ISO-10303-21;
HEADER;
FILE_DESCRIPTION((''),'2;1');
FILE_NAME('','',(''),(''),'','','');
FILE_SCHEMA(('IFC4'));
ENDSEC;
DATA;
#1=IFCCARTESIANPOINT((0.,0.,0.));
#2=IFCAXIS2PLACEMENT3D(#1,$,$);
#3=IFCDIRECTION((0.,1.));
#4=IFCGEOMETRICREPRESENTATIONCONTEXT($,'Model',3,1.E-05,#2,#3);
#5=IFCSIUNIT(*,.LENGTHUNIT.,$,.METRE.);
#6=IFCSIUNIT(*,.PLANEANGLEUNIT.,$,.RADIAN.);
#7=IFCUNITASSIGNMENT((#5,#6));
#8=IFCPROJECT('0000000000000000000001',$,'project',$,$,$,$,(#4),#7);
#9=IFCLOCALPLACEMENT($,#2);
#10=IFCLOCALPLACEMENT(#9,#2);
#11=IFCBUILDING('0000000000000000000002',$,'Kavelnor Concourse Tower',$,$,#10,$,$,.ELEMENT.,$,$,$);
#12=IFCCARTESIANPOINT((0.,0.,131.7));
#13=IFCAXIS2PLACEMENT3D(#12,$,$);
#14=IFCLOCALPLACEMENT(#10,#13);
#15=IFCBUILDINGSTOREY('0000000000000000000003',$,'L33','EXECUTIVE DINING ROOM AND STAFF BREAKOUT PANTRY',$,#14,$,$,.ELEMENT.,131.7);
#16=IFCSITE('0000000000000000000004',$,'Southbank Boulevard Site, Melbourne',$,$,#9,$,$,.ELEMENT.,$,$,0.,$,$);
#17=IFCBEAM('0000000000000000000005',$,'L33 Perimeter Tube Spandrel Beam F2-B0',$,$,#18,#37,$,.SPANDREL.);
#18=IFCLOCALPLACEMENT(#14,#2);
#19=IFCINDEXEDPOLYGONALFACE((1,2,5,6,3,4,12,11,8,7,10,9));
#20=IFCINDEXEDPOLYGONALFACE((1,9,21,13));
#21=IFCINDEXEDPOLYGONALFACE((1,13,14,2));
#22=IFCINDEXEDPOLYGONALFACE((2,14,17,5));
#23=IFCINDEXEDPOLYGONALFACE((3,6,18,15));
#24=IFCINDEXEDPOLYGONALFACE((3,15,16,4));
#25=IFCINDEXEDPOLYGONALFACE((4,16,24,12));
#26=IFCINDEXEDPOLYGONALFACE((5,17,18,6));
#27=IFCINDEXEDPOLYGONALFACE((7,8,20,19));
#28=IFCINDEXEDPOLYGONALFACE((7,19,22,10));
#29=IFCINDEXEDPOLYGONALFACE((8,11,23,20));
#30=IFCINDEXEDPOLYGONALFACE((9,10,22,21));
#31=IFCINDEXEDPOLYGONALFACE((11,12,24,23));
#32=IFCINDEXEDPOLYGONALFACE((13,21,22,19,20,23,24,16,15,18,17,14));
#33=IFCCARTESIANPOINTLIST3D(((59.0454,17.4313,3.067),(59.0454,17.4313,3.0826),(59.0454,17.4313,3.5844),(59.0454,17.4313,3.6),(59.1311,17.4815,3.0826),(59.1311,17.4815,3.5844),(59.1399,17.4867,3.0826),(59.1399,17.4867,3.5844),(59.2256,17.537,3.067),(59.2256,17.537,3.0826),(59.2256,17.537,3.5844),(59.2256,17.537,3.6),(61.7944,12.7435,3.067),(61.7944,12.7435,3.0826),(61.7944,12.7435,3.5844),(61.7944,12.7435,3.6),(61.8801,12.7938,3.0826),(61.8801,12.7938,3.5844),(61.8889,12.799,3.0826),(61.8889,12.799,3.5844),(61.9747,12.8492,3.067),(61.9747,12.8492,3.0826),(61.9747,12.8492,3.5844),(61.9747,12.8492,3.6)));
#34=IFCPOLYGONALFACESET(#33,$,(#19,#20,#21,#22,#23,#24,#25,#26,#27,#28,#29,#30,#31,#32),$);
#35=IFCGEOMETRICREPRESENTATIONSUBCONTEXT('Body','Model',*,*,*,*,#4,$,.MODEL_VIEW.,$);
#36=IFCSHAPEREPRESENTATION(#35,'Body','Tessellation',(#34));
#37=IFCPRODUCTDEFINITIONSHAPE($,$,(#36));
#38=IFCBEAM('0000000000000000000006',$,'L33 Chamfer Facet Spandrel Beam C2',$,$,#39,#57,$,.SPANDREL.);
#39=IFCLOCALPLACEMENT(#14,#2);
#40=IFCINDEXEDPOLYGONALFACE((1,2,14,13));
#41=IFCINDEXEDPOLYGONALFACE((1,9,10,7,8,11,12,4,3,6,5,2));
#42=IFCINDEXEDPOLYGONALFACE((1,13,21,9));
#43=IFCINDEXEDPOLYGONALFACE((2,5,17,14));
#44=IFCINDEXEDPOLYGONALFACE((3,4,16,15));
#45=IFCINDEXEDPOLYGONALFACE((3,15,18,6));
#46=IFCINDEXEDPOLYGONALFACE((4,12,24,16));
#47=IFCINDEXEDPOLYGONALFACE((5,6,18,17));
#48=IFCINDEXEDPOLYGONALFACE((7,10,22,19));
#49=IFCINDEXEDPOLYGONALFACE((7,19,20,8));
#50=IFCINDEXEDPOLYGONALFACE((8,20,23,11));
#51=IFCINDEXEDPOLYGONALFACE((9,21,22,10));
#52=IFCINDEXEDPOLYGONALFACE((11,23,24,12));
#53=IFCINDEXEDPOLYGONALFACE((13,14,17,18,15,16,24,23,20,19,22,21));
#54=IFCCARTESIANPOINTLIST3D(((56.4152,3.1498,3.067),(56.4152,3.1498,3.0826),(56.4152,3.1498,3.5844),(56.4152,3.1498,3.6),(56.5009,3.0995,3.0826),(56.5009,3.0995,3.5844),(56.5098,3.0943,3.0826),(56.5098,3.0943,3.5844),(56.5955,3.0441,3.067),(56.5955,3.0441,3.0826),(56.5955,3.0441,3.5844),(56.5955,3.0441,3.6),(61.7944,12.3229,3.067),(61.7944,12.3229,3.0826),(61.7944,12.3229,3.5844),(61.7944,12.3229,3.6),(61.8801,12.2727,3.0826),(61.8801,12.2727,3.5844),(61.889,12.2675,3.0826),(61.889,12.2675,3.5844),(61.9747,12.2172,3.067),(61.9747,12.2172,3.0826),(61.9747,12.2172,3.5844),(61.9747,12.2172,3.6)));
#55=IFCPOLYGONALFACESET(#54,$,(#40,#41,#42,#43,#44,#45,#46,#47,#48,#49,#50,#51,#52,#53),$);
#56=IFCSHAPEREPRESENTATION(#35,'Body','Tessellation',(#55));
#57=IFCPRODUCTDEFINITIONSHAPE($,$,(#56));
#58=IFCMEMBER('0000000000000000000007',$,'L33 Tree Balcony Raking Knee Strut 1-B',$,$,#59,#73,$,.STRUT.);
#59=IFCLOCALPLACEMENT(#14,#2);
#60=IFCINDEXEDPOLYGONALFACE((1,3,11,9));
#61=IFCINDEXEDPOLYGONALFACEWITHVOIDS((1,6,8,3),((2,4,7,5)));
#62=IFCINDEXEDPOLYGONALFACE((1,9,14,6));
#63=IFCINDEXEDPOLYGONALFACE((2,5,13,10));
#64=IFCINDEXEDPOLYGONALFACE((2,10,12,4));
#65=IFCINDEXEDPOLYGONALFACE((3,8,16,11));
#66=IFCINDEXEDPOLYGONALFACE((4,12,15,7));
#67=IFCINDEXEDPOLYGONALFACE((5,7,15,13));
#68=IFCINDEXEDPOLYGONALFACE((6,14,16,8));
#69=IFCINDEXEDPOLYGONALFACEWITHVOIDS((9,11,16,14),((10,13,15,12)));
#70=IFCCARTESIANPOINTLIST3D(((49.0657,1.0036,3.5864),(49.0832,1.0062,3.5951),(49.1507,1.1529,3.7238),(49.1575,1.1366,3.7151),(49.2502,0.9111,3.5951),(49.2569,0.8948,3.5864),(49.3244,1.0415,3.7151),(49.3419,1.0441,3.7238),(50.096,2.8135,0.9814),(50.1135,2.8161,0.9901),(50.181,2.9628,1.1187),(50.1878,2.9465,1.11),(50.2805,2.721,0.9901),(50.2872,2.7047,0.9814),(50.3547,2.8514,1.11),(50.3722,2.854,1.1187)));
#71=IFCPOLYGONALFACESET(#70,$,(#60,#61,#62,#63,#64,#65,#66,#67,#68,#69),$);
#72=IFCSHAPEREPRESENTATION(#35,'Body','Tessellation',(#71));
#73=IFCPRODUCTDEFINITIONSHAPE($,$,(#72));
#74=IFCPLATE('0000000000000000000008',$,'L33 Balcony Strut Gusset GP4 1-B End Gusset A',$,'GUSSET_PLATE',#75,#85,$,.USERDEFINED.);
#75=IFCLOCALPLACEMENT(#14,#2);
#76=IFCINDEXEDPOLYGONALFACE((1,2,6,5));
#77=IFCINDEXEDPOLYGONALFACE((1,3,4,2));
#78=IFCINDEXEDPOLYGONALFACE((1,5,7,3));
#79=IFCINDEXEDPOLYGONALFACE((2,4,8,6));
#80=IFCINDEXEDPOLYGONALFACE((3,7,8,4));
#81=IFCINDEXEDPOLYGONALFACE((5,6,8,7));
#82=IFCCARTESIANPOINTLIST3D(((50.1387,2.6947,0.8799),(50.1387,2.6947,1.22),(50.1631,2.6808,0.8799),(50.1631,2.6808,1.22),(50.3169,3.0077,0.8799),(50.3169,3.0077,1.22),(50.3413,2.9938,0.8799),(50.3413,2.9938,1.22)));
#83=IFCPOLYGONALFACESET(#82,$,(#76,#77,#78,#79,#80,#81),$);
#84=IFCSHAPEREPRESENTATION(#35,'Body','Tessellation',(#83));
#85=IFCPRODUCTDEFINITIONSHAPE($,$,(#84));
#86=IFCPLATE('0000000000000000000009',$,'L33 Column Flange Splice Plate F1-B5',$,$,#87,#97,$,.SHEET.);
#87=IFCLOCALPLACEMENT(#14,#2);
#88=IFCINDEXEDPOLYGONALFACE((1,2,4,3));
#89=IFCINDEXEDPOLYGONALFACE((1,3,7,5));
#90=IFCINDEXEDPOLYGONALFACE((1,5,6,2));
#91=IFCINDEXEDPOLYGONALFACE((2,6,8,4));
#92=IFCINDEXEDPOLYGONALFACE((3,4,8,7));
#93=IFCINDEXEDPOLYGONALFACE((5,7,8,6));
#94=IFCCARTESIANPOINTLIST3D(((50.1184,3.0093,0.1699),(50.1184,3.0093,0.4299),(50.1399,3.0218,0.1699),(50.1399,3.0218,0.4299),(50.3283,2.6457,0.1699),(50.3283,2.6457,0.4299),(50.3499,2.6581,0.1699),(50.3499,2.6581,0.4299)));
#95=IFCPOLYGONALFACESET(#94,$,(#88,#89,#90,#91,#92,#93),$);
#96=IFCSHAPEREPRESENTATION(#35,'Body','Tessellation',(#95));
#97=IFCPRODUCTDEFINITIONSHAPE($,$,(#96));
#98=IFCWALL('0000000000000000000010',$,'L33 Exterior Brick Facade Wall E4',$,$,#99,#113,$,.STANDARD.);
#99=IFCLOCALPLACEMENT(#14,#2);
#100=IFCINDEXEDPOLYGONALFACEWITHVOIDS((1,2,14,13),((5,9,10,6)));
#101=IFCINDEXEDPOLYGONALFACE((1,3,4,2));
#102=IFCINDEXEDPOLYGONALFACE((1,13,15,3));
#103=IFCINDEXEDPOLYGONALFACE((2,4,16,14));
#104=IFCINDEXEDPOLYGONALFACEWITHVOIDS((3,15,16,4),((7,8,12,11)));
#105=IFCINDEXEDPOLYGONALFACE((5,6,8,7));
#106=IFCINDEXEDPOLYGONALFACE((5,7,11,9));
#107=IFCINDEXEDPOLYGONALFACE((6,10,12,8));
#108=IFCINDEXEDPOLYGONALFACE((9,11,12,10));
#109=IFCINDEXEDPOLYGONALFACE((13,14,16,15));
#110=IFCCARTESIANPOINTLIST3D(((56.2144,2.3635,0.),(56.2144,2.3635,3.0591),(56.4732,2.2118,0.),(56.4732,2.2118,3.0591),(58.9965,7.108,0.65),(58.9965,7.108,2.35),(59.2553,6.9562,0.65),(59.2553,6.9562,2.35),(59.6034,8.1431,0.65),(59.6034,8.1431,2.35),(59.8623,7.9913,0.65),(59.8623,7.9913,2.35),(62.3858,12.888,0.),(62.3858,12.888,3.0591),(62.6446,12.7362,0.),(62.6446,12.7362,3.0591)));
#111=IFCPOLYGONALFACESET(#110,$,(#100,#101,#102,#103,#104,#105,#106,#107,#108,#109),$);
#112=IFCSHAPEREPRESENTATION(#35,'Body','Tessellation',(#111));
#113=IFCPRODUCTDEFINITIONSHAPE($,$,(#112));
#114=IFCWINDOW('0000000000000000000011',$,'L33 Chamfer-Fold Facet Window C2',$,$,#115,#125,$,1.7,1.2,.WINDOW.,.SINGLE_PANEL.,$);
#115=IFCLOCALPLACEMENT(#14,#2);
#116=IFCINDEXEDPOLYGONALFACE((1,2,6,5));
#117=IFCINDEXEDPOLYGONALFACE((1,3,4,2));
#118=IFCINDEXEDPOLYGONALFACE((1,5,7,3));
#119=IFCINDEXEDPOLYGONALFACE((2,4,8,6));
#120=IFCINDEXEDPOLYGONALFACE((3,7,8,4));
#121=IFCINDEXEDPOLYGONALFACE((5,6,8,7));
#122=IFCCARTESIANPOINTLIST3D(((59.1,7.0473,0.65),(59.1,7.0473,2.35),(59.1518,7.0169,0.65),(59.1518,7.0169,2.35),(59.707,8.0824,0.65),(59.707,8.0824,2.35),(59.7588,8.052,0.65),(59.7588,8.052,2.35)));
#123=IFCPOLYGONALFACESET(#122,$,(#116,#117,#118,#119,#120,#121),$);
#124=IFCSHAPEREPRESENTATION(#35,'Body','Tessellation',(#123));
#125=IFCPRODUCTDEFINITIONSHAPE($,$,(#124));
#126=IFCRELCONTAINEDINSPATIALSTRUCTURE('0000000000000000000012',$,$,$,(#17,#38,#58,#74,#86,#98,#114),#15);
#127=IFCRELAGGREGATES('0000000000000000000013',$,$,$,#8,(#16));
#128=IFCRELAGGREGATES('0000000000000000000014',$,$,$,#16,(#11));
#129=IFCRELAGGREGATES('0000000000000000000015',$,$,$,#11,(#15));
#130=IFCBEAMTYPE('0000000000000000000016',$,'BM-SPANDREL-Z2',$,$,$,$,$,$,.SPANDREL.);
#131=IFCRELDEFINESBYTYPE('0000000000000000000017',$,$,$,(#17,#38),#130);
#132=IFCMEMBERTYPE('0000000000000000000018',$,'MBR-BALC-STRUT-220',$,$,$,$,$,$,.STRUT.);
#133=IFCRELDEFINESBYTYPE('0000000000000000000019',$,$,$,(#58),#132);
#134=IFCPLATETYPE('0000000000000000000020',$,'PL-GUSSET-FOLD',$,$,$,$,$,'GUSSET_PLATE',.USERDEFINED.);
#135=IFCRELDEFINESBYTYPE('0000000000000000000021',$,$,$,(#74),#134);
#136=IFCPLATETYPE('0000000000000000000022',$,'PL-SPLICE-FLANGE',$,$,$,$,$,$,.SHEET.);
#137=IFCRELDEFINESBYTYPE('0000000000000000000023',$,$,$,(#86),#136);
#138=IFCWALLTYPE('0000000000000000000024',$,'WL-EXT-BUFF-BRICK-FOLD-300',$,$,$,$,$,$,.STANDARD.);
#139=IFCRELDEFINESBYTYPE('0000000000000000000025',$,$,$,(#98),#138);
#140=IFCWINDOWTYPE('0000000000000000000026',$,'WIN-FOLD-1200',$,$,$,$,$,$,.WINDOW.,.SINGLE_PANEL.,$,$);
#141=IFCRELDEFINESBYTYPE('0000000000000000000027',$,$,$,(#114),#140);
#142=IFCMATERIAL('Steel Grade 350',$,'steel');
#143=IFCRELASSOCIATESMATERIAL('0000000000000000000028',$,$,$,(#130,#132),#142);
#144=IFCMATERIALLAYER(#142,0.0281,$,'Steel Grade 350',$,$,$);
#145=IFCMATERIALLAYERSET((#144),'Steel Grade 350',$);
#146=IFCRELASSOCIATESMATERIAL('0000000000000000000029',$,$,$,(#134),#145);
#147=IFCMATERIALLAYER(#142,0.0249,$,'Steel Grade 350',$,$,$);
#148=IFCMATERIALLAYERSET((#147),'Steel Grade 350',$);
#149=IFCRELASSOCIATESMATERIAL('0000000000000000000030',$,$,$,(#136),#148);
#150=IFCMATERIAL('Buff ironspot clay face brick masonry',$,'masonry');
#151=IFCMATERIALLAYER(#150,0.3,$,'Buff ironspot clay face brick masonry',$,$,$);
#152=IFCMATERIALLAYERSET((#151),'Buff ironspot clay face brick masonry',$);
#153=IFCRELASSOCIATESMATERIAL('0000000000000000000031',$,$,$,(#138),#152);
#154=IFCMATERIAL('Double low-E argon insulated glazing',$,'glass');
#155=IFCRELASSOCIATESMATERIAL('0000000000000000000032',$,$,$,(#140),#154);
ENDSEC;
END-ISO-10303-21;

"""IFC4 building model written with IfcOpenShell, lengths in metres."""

from ifc_helpers import new_model, si_unit, direction, frame, frame_2d, origin, origin_2d, place, context, subcontext, project, spatial, rectangle, hollow_rectangle, i_section, extrude, material, layer, layer_set, material_profile, profile_set, type_object, element, fill, save


model = new_model("IFC4")

# Units and contexts
model_context = context("Model", 3, precision=1e-05, world=origin(), true_north=direction((0.0, 1.0)))
body_context = subcontext(model_context, "Body", "Model", "MODEL_VIEW")
ifc_project = project(units=[si_unit("LENGTHUNIT", "METRE"), si_unit("PLANEANGLEUNIT", "RADIAN")], contexts=[model_context])

# Site, building, storey
site_placement = place(None, origin())
site = spatial("IfcSite", under=ifc_project, at=site_placement, Name="Southbank Boulevard Site, Melbourne", CompositionType="ELEMENT", RefElevation=0.0)
building_placement = place(site_placement, origin())
building = spatial("IfcBuilding", under=site, at=building_placement, Name="Kavelnor Concourse Tower", CompositionType="ELEMENT")
storey_placement = place(building_placement, frame((0.0, 0.0, 131.7)))
storey = spatial("IfcBuildingStorey", under=building, at=storey_placement, Name="L33", Description="EXECUTIVE DINING ROOM AND STAFF BREAKOUT PANTRY", CompositionType="ELEMENT", Elevation=131.7)

# Shared definitions
ifc_material_1 = material(Name="Steel Grade 350", Category="steel")

# Beams
ifc_material_profile_1 = material_profile(ifc_material_1, i_section(OverallWidth=0.209, OverallDepth=0.533, WebThickness=0.0103, FlangeThickness=0.0156, at=origin_2d()), Name="530UB92")
ifc_profile_set_1 = profile_set([ifc_material_profile_1], Name="Steel Grade 350")
beam_type_1 = type_object("IfcBeamType", Name="BM-SPANDREL-Z2", PredefinedType="SPANDREL", material=ifc_profile_set_1)
beam_1_placement = place(storey_placement, frame((61.8845, 12.7964, 3.3335), z_axis=(-0.505861, 0.862615, 0.0), x_axis=(-0.862615, -0.505861, 0.0)))
element("IfcBeam", 1, at=beam_1_placement, inside=storey, type_object=beam_type_1, Name="L33 Perimeter Tube Spandrel Beam F2-B0", PredefinedType="SPANDREL", context=body_context, shape_type="SweptSolid", body=[
    extrude(i_section(OverallWidth=0.209, OverallDepth=0.533, WebThickness=0.0103, FlangeThickness=0.0156, at=origin_2d()), origin(), (0.0, 0.0, 1.0), 5.4343),
])
beam_2_placement = place(storey_placement, frame((56.5054, 3.0969, 3.3335), z_axis=(0.505847, 0.862623, 0.0), x_axis=(-0.862623, 0.505847, 0.0)))
element("IfcBeam", 2, at=beam_2_placement, inside=storey, type_object=beam_type_1, Name="L33 Chamfer Facet Spandrel Beam C2", PredefinedType="SPANDREL", context=body_context, shape_type="SweptSolid", body=[
    extrude(i_section(OverallWidth=0.209, OverallDepth=0.533, WebThickness=0.0103, FlangeThickness=0.0156, at=origin_2d()), origin(), (0.0, 0.0, 1.0), 10.634),
])

# Member
ifc_material_profile_2 = material_profile(ifc_material_1, hollow_rectangle(XDim=0.22, YDim=0.22, WallThickness=0.0139, at=origin_2d()), Name="SHS 220x220x14")
ifc_profile_set_2 = profile_set([ifc_material_profile_2], Name="Steel Grade 350")
member_type = type_object("IfcMemberType", Name="MBR-BALC-STRUT-220", PredefinedType="STRUT", material=ifc_profile_set_2)
member_placement = place(storey_placement, frame((50.2341, 2.8337, 1.05), z_axis=(-0.308919, -0.542659, 0.781083), x_axis=(0.86905, -0.494724, 0.0)))
element("IfcMember", 3, at=member_placement, inside=storey, type_object=member_type, Name="L33 Tree Balcony Raking Knee Strut 1-B", PredefinedType="STRUT", context=body_context, shape_type="SweptSolid", body=[
    extrude(hollow_rectangle(XDim=0.22, YDim=0.22, WallThickness=0.0139, at=origin_2d()), origin(), (0.0, 0.0, 1.0), 3.3352),
])

# Plates
ifc_layer_1 = layer(ifc_material_1, 0.0281, Name="Steel Grade 350")
ifc_layer_set_1 = layer_set([ifc_layer_1], Name="Steel Grade 350")
plate_type_1 = type_object("IfcPlateType", Name="PL-GUSSET-FOLD", ElementType="GUSSET_PLATE", PredefinedType="USERDEFINED", material=ifc_layer_set_1)
plate_1_placement = place(storey_placement, frame((50.24, 2.8442, 0.8799), z_axis=(0.0, 0.0, 1.0), x_axis=(-0.4947, -0.869064, 0.0)))
element("IfcPlate", 4, at=plate_1_placement, inside=storey, type_object=plate_type_1, Name="L33 Balcony Strut Gusset GP4 1-B End Gusset A", ObjectType="GUSSET_PLATE", PredefinedType="USERDEFINED", context=body_context, shape_type="SweptSolid", body=[
    extrude(rectangle(XDim=0.3601, YDim=0.0281, at=origin_2d()), origin(), (0.0, 0.0, 1.0), 0.3401),
])
ifc_layer_2 = layer(ifc_material_1, 0.0249, Name="Steel Grade 350")
ifc_layer_set_2 = layer_set([ifc_layer_2], Name="Steel Grade 350")
plate_type_2 = type_object("IfcPlateType", Name="PL-SPLICE-FLANGE", PredefinedType="SHEET", material=ifc_layer_set_2)
plate_2_placement = place(storey_placement, frame((50.2341, 2.8337, 0.1699), z_axis=(0.0, 0.0, 1.0), x_axis=(-0.5, 0.866025, 0.0)))
element("IfcPlate", 5, at=plate_2_placement, inside=storey, type_object=plate_type_2, Name="L33 Column Flange Splice Plate F1-B5", PredefinedType="SHEET", context=body_context, shape_type="SweptSolid", body=[
    extrude(rectangle(XDim=0.4199, YDim=0.0249, at=origin_2d()), origin(), (0.0, 0.0, 1.0), 0.26),
])

# Wall, opening, window
ifc_material_2 = material(Name="Buff ironspot clay face brick masonry", Category="masonry")
ifc_layer_3 = layer(ifc_material_2, 0.3, Name="Buff ironspot clay face brick masonry")
ifc_layer_set_3 = layer_set([ifc_layer_3], Name="Buff ironspot clay face brick masonry")
wall_type_1 = type_object("IfcWallType", Name="WL-EXT-BUFF-BRICK-FOLD-300", PredefinedType="STANDARD", material=ifc_layer_set_3)
wall_1_placement = place(storey_placement, frame((62.5151, 12.812, 0.0), z_axis=(0.0, 0.0, 1.0), x_axis=(-0.505836, -0.86263, 0.0)))
wall_1 = element("IfcWall", 6, at=wall_1_placement, inside=storey, type_object=wall_type_1, Name="L33 Exterior Brick Facade Wall E4", PredefinedType="STANDARD", context=body_context, shape_type="SweptSolid", body=[
    extrude(rectangle(XDim=12.2004, YDim=0.3, at=frame_2d((6.1001, 0.0))), origin(), (0.0, 0.0, 1.0), 3.0591),
])
opening_1_placement = place(wall_1_placement, frame((5.5002, 0.0, 0.6499)))
opening_1 = element("IfcOpeningElement", 7, at=opening_1_placement, cuts=wall_1, PredefinedType="OPENING", context=body_context, shape_type="SweptSolid", body=[
    extrude(rectangle(XDim=1.2, YDim=1.7, at=frame_2d((0.6001, 0.8501))), frame((0.0, 0.1602, 0.0), z_axis=(0.0, -1.0, 0.0), x_axis=(1.0, 0.0, 0.0)), (0.0, 0.0, 1.0), 0.3201),
])
ifc_material_3 = material(Name="Double low-E argon insulated glazing", Category="glass")
window_type_1 = type_object("IfcWindowType", Name="WIN-FOLD-1200", PartitioningType="SINGLE_PANEL", PredefinedType="WINDOW", material=ifc_material_3)
window_1_placement = place(opening_1_placement, origin())
window_1 = element("IfcWindow", 8, at=window_1_placement, inside=storey, type_object=window_type_1, Name="L33 Chamfer-Fold Facet Window C2", OverallHeight=1.7, OverallWidth=1.2, PartitioningType="SINGLE_PANEL", PredefinedType="WINDOW", context=body_context, shape_type="SweptSolid", body=[
    extrude(rectangle(XDim=1.2, YDim=1.7, at=frame_2d((0.6001, 0.8501))), frame((0.0, 0.03, 0.0), z_axis=(0.0, -1.0, 0.0), x_axis=(1.0, 0.0, 0.0)), (0.0, 0.0, 1.0), 0.0601),
])
fill(opening_1, window_1)

save(model, "model.ifc")
